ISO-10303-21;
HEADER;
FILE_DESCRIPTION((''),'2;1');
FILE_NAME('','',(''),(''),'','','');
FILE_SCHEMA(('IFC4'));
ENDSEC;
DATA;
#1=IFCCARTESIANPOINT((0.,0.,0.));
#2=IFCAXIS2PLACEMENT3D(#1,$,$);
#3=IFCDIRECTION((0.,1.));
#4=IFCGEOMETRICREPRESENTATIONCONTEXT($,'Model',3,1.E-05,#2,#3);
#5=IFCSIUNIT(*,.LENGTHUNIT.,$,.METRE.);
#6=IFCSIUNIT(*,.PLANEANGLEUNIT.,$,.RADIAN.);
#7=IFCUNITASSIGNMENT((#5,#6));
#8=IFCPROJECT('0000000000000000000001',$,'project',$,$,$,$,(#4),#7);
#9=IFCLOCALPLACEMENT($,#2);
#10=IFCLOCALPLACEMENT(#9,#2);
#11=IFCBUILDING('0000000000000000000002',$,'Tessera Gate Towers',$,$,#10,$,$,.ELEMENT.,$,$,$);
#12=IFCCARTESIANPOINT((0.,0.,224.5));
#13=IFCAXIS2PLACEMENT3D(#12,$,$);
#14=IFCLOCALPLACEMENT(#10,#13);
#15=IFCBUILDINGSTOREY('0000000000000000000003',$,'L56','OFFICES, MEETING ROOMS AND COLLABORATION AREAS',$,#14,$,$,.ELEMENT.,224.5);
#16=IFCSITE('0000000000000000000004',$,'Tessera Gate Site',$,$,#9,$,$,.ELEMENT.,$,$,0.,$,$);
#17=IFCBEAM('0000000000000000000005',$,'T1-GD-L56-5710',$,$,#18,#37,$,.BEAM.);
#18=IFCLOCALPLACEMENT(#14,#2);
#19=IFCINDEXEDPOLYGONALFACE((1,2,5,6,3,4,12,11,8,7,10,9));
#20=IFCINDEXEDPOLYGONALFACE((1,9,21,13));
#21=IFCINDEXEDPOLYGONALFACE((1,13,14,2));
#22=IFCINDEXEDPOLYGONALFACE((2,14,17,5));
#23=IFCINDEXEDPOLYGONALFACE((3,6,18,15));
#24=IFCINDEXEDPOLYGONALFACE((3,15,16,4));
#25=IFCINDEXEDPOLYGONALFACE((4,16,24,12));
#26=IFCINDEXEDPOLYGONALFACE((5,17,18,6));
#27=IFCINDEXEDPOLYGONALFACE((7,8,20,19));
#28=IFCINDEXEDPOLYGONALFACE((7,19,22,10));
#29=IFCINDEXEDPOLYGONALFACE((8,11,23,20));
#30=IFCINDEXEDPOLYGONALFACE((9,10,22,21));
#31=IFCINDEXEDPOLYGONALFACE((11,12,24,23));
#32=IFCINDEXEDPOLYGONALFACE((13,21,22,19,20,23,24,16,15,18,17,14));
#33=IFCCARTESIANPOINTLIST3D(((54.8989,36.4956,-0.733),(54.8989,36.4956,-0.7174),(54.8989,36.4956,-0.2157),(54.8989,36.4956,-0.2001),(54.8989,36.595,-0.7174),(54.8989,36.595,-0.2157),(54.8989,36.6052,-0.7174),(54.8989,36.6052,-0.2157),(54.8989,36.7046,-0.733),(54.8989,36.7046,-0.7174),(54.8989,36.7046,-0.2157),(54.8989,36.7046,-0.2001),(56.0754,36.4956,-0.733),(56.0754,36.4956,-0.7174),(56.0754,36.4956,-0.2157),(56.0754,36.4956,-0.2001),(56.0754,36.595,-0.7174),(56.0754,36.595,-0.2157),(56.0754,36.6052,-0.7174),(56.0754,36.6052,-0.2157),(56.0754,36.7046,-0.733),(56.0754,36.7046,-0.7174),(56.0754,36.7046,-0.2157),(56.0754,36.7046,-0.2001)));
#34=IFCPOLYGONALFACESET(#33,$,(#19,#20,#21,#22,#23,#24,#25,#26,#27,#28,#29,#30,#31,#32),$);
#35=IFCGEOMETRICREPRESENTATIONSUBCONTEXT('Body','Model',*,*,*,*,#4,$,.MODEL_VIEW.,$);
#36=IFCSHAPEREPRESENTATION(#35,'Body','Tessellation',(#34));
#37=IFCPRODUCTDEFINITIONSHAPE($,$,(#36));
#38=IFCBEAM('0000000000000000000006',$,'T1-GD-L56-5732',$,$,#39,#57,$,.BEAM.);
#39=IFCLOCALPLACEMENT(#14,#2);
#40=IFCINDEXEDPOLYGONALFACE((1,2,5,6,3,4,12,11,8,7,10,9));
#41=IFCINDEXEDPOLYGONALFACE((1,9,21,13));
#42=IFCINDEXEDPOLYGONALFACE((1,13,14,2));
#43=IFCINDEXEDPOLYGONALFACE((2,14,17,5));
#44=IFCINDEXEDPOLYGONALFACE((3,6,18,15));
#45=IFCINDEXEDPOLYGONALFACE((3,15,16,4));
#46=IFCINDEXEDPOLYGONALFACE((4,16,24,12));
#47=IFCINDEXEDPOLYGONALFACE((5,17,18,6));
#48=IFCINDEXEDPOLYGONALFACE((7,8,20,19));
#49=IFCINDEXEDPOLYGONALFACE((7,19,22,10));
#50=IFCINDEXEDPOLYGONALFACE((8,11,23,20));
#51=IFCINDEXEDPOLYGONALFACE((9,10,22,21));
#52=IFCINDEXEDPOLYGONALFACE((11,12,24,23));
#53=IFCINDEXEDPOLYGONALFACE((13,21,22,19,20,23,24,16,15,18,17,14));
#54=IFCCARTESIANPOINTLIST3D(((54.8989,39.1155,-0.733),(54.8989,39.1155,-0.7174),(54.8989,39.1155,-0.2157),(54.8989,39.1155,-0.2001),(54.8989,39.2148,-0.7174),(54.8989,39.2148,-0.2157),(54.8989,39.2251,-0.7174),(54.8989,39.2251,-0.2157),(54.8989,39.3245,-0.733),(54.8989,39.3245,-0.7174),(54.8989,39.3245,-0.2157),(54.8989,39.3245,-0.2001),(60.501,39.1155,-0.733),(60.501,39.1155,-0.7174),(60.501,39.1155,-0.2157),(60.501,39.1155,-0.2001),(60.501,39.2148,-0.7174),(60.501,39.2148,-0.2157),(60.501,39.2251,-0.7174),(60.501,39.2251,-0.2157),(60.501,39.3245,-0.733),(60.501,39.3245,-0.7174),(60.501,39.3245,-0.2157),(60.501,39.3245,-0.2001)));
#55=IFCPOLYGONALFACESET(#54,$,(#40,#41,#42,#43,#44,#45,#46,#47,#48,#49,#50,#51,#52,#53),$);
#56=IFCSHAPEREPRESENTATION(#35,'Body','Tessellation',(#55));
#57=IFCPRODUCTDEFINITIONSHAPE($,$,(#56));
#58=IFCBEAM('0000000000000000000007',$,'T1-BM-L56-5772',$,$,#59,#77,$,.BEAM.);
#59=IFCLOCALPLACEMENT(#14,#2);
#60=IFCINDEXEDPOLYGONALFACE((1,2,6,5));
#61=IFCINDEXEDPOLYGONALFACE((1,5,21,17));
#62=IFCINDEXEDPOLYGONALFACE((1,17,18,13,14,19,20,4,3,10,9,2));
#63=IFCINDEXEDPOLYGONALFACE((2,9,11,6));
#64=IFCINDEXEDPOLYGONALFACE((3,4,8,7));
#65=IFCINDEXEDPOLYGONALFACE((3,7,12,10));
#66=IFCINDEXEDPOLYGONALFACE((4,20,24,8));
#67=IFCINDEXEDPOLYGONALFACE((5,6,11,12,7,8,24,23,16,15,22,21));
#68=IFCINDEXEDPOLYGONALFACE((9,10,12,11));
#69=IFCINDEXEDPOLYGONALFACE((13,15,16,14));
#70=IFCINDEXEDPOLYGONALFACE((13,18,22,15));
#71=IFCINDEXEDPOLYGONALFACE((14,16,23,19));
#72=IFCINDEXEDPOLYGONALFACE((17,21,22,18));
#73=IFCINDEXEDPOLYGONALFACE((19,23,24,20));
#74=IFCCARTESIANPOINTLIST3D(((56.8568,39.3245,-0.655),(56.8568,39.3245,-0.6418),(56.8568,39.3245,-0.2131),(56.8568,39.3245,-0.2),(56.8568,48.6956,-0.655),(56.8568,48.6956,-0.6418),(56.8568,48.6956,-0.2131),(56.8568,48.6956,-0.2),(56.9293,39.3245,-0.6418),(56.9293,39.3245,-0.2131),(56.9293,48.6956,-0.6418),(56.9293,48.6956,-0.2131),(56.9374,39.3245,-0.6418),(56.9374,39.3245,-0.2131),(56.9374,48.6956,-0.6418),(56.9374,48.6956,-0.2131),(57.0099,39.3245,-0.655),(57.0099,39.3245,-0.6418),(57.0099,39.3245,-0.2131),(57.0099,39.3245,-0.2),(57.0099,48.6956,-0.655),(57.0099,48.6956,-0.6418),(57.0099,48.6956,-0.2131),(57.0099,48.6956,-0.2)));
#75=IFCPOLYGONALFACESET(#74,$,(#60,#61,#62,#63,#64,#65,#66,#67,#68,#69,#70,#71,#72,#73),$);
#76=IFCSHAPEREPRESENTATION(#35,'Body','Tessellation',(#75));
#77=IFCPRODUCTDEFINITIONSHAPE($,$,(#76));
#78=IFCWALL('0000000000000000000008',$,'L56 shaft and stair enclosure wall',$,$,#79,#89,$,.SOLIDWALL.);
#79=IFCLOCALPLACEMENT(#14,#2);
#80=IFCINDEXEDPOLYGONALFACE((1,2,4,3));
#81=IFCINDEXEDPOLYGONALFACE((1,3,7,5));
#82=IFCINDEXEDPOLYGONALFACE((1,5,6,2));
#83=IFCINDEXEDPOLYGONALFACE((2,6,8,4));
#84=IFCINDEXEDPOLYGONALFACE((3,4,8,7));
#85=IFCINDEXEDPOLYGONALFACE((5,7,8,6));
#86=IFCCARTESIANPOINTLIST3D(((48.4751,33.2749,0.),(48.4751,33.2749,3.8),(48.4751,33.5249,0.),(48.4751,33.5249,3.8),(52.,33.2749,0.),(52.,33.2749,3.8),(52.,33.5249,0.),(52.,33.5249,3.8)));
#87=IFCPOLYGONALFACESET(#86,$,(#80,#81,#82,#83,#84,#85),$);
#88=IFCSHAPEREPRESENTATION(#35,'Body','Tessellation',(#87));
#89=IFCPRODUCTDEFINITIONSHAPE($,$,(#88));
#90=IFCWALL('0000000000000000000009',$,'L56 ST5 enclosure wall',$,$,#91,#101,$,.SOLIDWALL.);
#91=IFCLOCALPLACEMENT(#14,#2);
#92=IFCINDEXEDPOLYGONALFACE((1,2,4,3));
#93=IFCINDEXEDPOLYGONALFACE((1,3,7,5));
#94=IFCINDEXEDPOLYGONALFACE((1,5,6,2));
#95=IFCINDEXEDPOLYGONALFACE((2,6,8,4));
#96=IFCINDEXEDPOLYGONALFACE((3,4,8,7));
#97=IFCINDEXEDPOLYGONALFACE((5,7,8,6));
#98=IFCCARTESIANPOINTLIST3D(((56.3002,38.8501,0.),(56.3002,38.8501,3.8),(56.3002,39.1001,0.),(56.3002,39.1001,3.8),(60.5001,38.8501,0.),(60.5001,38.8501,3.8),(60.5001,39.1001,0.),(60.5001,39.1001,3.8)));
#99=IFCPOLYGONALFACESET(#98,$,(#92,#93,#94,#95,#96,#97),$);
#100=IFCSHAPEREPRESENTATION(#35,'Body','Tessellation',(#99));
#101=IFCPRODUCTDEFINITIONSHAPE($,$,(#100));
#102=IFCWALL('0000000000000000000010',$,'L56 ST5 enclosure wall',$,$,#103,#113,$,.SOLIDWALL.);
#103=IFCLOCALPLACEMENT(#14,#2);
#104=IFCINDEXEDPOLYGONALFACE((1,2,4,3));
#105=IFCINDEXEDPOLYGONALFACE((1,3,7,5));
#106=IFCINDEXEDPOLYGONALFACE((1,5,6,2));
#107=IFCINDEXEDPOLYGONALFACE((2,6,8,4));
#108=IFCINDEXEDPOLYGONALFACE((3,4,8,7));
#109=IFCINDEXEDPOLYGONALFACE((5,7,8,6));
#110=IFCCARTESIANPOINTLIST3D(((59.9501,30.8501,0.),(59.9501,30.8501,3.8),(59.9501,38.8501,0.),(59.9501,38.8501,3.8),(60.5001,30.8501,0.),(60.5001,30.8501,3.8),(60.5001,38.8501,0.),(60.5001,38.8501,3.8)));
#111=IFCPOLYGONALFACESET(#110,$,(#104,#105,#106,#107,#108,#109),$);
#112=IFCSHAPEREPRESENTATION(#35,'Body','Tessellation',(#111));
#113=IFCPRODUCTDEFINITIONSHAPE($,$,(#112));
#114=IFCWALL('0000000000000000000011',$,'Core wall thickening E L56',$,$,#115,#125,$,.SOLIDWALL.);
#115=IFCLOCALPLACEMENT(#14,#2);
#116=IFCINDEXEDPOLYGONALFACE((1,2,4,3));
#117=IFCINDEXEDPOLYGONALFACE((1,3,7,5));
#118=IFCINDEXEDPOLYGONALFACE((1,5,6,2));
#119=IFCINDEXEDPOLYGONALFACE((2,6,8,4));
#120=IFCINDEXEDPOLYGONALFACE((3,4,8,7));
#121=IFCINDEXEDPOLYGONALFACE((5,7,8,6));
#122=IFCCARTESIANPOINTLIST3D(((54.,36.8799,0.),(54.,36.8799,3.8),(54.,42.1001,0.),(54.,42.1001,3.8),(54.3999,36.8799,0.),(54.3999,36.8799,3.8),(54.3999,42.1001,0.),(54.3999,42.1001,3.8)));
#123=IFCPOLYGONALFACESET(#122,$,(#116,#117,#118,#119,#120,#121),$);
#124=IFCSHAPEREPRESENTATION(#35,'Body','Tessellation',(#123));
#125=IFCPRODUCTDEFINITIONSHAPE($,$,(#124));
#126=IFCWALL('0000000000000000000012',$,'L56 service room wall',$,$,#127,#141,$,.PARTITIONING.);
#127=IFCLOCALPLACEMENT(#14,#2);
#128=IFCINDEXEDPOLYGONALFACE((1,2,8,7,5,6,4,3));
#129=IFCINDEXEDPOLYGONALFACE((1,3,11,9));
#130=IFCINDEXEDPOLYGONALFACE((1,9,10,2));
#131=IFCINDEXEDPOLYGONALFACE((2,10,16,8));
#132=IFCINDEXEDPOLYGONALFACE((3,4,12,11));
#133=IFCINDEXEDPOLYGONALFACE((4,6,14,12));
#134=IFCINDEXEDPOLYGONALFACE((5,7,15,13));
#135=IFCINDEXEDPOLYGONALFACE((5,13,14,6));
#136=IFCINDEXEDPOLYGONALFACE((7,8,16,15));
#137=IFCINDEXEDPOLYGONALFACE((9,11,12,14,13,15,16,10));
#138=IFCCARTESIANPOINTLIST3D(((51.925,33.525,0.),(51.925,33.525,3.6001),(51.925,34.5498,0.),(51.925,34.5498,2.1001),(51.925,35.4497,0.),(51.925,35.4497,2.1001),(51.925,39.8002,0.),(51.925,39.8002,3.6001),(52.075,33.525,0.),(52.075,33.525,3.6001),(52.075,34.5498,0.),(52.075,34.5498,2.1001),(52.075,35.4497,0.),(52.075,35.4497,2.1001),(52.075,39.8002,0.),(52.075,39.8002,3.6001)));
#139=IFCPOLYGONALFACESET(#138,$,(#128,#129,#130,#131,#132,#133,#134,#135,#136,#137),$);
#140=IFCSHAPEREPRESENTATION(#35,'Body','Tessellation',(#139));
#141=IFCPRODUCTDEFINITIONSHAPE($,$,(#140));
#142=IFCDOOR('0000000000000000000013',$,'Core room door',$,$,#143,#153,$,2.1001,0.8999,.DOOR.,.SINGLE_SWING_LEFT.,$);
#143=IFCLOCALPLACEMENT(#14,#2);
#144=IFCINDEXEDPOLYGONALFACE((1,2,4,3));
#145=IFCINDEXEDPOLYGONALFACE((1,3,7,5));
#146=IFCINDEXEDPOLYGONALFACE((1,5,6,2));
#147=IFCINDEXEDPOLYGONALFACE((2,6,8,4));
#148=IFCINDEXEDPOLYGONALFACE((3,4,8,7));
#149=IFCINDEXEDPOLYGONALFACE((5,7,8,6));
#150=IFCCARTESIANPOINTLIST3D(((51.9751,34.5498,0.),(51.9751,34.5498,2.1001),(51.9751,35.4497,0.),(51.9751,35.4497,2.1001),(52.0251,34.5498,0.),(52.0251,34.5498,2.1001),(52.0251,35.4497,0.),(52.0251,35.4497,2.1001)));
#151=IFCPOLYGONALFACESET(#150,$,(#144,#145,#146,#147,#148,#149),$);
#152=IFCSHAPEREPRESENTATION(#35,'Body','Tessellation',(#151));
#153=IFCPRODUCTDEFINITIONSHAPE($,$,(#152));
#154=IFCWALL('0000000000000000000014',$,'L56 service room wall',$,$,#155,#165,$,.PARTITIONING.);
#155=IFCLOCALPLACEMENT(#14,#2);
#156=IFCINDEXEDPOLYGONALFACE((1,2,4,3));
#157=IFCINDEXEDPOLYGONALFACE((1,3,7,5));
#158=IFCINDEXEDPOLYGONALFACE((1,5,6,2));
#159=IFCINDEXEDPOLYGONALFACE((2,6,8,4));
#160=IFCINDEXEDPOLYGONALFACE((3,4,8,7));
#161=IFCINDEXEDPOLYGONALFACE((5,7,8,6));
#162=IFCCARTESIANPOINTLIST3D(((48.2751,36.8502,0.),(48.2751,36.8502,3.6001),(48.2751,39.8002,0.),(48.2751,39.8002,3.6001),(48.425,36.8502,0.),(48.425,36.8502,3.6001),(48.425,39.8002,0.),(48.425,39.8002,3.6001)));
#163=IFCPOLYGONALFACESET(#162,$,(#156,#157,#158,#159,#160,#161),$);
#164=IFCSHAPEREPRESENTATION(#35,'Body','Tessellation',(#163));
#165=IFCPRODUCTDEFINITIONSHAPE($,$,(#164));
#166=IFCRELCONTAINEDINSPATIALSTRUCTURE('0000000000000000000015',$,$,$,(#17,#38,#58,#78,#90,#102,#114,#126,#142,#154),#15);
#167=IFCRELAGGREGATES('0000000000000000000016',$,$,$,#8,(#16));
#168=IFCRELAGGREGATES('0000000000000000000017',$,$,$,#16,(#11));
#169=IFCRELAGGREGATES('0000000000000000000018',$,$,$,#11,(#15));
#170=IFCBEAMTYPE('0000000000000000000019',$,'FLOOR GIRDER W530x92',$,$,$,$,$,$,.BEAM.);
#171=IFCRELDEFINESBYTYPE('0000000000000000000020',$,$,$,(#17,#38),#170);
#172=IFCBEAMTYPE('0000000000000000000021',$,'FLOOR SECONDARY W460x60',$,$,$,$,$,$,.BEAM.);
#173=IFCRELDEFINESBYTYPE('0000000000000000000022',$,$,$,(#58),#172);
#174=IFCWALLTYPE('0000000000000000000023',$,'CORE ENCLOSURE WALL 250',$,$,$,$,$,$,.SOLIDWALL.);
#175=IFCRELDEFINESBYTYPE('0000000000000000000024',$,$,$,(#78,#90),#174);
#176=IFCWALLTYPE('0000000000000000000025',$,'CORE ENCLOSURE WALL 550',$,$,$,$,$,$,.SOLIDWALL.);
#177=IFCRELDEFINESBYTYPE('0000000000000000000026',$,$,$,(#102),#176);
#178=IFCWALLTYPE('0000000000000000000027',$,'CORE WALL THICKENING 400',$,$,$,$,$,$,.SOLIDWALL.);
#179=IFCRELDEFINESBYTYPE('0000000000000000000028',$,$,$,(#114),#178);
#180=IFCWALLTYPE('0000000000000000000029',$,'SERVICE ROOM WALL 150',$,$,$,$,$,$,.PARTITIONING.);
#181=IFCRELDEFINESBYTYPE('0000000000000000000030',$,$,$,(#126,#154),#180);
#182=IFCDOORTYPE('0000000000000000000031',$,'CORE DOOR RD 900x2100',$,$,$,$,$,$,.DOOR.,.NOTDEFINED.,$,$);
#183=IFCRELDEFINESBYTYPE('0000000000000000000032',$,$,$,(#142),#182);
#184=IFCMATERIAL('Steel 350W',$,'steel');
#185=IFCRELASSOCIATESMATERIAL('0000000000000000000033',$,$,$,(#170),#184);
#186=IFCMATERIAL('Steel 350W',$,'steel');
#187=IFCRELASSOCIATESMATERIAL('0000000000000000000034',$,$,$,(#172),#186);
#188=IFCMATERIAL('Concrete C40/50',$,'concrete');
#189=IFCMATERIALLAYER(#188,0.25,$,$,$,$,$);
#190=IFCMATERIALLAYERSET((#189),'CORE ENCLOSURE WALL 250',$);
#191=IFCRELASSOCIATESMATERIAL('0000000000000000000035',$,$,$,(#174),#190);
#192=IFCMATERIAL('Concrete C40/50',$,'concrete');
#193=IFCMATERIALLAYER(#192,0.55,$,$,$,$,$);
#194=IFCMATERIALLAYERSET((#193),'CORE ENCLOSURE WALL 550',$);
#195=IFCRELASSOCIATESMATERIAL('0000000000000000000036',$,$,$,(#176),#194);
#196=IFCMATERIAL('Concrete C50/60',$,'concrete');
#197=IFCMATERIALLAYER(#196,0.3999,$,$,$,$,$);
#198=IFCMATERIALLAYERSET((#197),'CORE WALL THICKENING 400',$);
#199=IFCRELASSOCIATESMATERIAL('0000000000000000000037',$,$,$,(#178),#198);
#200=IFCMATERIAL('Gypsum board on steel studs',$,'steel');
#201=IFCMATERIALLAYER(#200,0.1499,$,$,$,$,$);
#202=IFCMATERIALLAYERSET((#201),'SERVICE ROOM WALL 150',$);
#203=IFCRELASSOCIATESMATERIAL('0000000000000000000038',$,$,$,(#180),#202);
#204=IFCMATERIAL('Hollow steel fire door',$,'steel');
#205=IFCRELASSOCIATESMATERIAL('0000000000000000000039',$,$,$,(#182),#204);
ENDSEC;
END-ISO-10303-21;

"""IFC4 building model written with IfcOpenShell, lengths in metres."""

from ifc_helpers import new_model, si_unit, direction, frame, frame_2d, origin, origin_2d, place, context, subcontext, project, spatial, rectangle, i_section, extrude, source, transform, mapped, material, layer, layer_set, material_profile, profile_set, type_object, element, fill, save


model = new_model("IFC4")

# Units and contexts
model_context = context("Model", 3, precision=1e-05, world=origin(), true_north=direction((0.0, 1.0)))
body_context = subcontext(model_context, "Body", "Model", "MODEL_VIEW")
ifc_project = project(units=[si_unit("LENGTHUNIT", "METRE"), si_unit("PLANEANGLEUNIT", "RADIAN")], contexts=[model_context])

# Site, building, storey
site_placement = place(None, origin())
site = spatial("IfcSite", under=ifc_project, at=site_placement, Name="Tessera Gate Site", CompositionType="ELEMENT", RefElevation=0.0)
building_placement = place(site_placement, origin())
building = spatial("IfcBuilding", under=site, at=building_placement, Name="Tessera Gate Towers", CompositionType="ELEMENT")
storey_placement = place(building_placement, frame((0.0, 0.0, 224.5)))
storey = spatial("IfcBuildingStorey", under=building, at=storey_placement, Name="L56", Description="OFFICES, MEETING ROOMS AND COLLABORATION AREAS", CompositionType="ELEMENT", Elevation=224.5)

# Beams
ifc_material_1 = material(Name="Steel 350W", Category="steel")
ifc_material_profile_1 = material_profile(ifc_material_1, i_section(OverallWidth=0.209, OverallDepth=0.533, WebThickness=0.0103, FlangeThickness=0.0156, at=origin_2d()), Name="W530x92")
ifc_profile_set_1 = profile_set([ifc_material_profile_1], Name="Steel 350W")
beam_type_1 = type_object("IfcBeamType", Name="FLOOR GIRDER W530x92", PredefinedType="BEAM", material=ifc_profile_set_1)
beam_1_placement = place(storey_placement, frame((54.8989, 36.6001, -0.4666), z_axis=(1.0, 0.0, 0.0), x_axis=(0.0, 1.0, 0.0)))
element("IfcBeam", 1, at=beam_1_placement, inside=storey, type_object=beam_type_1, Name="T1-GD-L56-5710", PredefinedType="BEAM", context=body_context, shape_type="SweptSolid", body=[
    extrude(i_section(OverallWidth=0.209, OverallDepth=0.533, WebThickness=0.0103, FlangeThickness=0.0156, at=origin_2d()), origin(), (0.0, 0.0, 1.0), 1.1765),
])
beam_2_placement = place(storey_placement, frame((54.8989, 39.22, -0.4666), z_axis=(1.0, 0.0, 0.0), x_axis=(0.0, 1.0, 0.0)))
element("IfcBeam", 2, at=beam_2_placement, inside=storey, type_object=beam_type_1, Name="T1-GD-L56-5732", PredefinedType="BEAM", context=body_context, shape_type="SweptSolid", body=[
    extrude(i_section(OverallWidth=0.209, OverallDepth=0.533, WebThickness=0.0103, FlangeThickness=0.0156, at=origin_2d()), origin(), (0.0, 0.0, 1.0), 5.6021),
])
ifc_material_2 = material(Name="Steel 350W", Category="steel")
ifc_material_profile_2 = material_profile(ifc_material_2, i_section(OverallWidth=0.1531, OverallDepth=0.4551, WebThickness=0.0081, FlangeThickness=0.0132, at=origin_2d()), Name="W460x60")
ifc_profile_set_2 = profile_set([ifc_material_profile_2], Name="Steel 350W")
beam_type_2 = type_object("IfcBeamType", Name="FLOOR SECONDARY W460x60", PredefinedType="BEAM", material=ifc_profile_set_2)
beam_3_placement = place(storey_placement, frame((56.9333, 39.3245, -0.4275), z_axis=(0.0, 1.0, 0.0), x_axis=(-1.0, 0.0, 0.0)))
element("IfcBeam", 3, at=beam_3_placement, inside=storey, type_object=beam_type_2, Name="T1-BM-L56-5772", PredefinedType="BEAM", context=body_context, shape_type="SweptSolid", body=[
    extrude(i_section(OverallWidth=0.1531, OverallDepth=0.4551, WebThickness=0.0081, FlangeThickness=0.0132, at=origin_2d()), origin(), (0.0, 0.0, 1.0), 9.3711),
])

# Walls
ifc_material_3 = material(Name="Concrete C40/50", Category="concrete")
ifc_layer_1 = layer(ifc_material_3, 0.25)
ifc_layer_set_1 = layer_set([ifc_layer_1], Name="CORE ENCLOSURE WALL 250")
wall_type_1 = type_object("IfcWallType", Name="CORE ENCLOSURE WALL 250", PredefinedType="SOLIDWALL", material=ifc_layer_set_1)
wall_1_placement = place(storey_placement, frame((48.4751, 33.3999, 0.0), z_axis=(0.0, 0.0, 1.0), x_axis=(1.0, 0.0, 0.0)))
element("IfcWall", 4, at=wall_1_placement, inside=storey, type_object=wall_type_1, Name="L56 shaft and stair enclosure wall", PredefinedType="SOLIDWALL", context=body_context, shape_type="SweptSolid", body=[
    extrude(rectangle(XDim=3.5249, YDim=0.25, at=frame_2d((1.7625, 0.0))), origin(), (0.0, 0.0, 1.0), 3.8),
])
wall_2_placement = place(storey_placement, frame((56.3, 38.9751, 0.0), z_axis=(0.0, 0.0, 1.0), x_axis=(1.0, 0.0, 0.0)))
element("IfcWall", 5, at=wall_2_placement, inside=storey, type_object=wall_type_1, Name="L56 ST5 enclosure wall", PredefinedType="SOLIDWALL", context=body_context, shape_type="SweptSolid", body=[
    extrude(rectangle(XDim=4.2, YDim=0.25, at=frame_2d((2.1001, 0.0))), origin(), (0.0, 0.0, 1.0), 3.8),
])
ifc_material_4 = material(Name="Concrete C40/50", Category="concrete")
ifc_layer_2 = layer(ifc_material_4, 0.55)
ifc_layer_set_2 = layer_set([ifc_layer_2], Name="CORE ENCLOSURE WALL 550")
wall_type_2 = type_object("IfcWallType", Name="CORE ENCLOSURE WALL 550", PredefinedType="SOLIDWALL", material=ifc_layer_set_2)
wall_3_placement = place(storey_placement, frame((60.2251, 38.8501, 0.0), z_axis=(0.0, 0.0, 1.0), x_axis=(0.0, -1.0, 0.0)))
element("IfcWall", 6, at=wall_3_placement, inside=storey, type_object=wall_type_2, Name="L56 ST5 enclosure wall", PredefinedType="SOLIDWALL", context=body_context, shape_type="SweptSolid", body=[
    extrude(rectangle(XDim=8.0, YDim=0.55, at=frame_2d((4.0, 0.0))), origin(), (0.0, 0.0, 1.0), 3.8),
])
ifc_material_5 = material(Name="Concrete C50/60", Category="concrete")
ifc_layer_3 = layer(ifc_material_5, 0.3999)
ifc_layer_set_3 = layer_set([ifc_layer_3], Name="CORE WALL THICKENING 400")
wall_type_3 = type_object("IfcWallType", Name="CORE WALL THICKENING 400", PredefinedType="SOLIDWALL", material=ifc_layer_set_3)
wall_4_placement = place(storey_placement, frame((54.2, 36.8799, 0.0), z_axis=(0.0, 0.0, 1.0), x_axis=(0.0, 1.0, 0.0)))
element("IfcWall", 7, at=wall_4_placement, inside=storey, type_object=wall_type_3, Name="Core wall thickening E L56", PredefinedType="SOLIDWALL", context=body_context, shape_type="SweptSolid", body=[
    extrude(rectangle(XDim=5.2202, YDim=0.3999, at=frame_2d((2.6101, 0.0))), origin(), (0.0, 0.0, 1.0), 3.8),
])

# Wall, opening, door
ifc_material_6 = material(Name="Gypsum board on steel studs", Category="steel")
ifc_layer_4 = layer(ifc_material_6, 0.1499)
ifc_layer_set_4 = layer_set([ifc_layer_4], Name="SERVICE ROOM WALL 150")
wall_type_4 = type_object("IfcWallType", Name="SERVICE ROOM WALL 150", PredefinedType="PARTITIONING", material=ifc_layer_set_4)
wall_5_placement = place(storey_placement, frame((52.0, 33.5249, 0.0), z_axis=(0.0, 0.0, 1.0), x_axis=(0.0, 1.0, 0.0)))
wall_5 = element("IfcWall", 8, at=wall_5_placement, inside=storey, type_object=wall_type_4, Name="L56 service room wall", PredefinedType="PARTITIONING", context=body_context, shape_type="SweptSolid", body=[
    extrude(rectangle(XDim=6.2751, YDim=0.1499, at=frame_2d((3.1377, 0.0))), origin(), (0.0, 0.0, 1.0), 3.6001),
])
shared_shape_1 = source(origin(), body_context, "Body", "SweptSolid", [
    extrude(rectangle(XDim=0.8999, YDim=2.1001, at=frame_2d((0.45, 1.05))), frame((0.0, 0.085, 0.0), z_axis=(0.0, -1.0, 0.0), x_axis=(1.0, 0.0, 0.0)), (0.0, 0.0, 1.0), 0.1699),
])
opening_1_placement = place(wall_5_placement, frame((1.0249, 0.0, 0.0)))
opening_1 = element("IfcOpeningElement", 9, at=opening_1_placement, cuts=wall_5, PredefinedType="OPENING", context=body_context, shape_type="MappedRepresentation", body=[
    mapped(shared_shape_1, transform((0.0, 0.0, 0.0), scale=1.0)),
])
ifc_material_7 = material(Name="Hollow steel fire door", Category="steel")
door_type = type_object("IfcDoorType", Name="CORE DOOR RD 900x2100", OperationType="NOTDEFINED", PredefinedType="DOOR", material=ifc_material_7)
shared_shape_2 = source(origin(), body_context, "Body", "SweptSolid", [
    extrude(rectangle(XDim=0.8999, YDim=2.1001, at=frame_2d((0.45, 1.05))), frame((0.0, 0.0249, 0.0), z_axis=(0.0, -1.0, 0.0), x_axis=(1.0, 0.0, 0.0)), (0.0, 0.0, 1.0), 0.05),
])
door_placement = place(opening_1_placement, origin())
door = element("IfcDoor", 10, at=door_placement, inside=storey, type_object=door_type, Name="Core room door", OperationType="SINGLE_SWING_LEFT", OverallHeight=2.1001, OverallWidth=0.8999, PredefinedType="DOOR", context=body_context, shape_type="MappedRepresentation", body=[
    mapped(shared_shape_2, transform((0.0, 0.0, 0.0), scale=1.0)),
])
fill(opening_1, door)

# Wall
wall_6_placement = place(storey_placement, frame((48.3501, 36.8501, 0.0), z_axis=(0.0, 0.0, 1.0), x_axis=(0.0, 1.0, 0.0)))
element("IfcWall", 11, at=wall_6_placement, inside=storey, type_object=wall_type_4, Name="L56 service room wall", PredefinedType="PARTITIONING", context=body_context, shape_type="SweptSolid", body=[
    extrude(rectangle(XDim=2.95, YDim=0.1499, at=frame_2d((1.4751, 0.0))), origin(), (0.0, 0.0, 1.0), 3.6001),
])

save(model, "model.ifc")
